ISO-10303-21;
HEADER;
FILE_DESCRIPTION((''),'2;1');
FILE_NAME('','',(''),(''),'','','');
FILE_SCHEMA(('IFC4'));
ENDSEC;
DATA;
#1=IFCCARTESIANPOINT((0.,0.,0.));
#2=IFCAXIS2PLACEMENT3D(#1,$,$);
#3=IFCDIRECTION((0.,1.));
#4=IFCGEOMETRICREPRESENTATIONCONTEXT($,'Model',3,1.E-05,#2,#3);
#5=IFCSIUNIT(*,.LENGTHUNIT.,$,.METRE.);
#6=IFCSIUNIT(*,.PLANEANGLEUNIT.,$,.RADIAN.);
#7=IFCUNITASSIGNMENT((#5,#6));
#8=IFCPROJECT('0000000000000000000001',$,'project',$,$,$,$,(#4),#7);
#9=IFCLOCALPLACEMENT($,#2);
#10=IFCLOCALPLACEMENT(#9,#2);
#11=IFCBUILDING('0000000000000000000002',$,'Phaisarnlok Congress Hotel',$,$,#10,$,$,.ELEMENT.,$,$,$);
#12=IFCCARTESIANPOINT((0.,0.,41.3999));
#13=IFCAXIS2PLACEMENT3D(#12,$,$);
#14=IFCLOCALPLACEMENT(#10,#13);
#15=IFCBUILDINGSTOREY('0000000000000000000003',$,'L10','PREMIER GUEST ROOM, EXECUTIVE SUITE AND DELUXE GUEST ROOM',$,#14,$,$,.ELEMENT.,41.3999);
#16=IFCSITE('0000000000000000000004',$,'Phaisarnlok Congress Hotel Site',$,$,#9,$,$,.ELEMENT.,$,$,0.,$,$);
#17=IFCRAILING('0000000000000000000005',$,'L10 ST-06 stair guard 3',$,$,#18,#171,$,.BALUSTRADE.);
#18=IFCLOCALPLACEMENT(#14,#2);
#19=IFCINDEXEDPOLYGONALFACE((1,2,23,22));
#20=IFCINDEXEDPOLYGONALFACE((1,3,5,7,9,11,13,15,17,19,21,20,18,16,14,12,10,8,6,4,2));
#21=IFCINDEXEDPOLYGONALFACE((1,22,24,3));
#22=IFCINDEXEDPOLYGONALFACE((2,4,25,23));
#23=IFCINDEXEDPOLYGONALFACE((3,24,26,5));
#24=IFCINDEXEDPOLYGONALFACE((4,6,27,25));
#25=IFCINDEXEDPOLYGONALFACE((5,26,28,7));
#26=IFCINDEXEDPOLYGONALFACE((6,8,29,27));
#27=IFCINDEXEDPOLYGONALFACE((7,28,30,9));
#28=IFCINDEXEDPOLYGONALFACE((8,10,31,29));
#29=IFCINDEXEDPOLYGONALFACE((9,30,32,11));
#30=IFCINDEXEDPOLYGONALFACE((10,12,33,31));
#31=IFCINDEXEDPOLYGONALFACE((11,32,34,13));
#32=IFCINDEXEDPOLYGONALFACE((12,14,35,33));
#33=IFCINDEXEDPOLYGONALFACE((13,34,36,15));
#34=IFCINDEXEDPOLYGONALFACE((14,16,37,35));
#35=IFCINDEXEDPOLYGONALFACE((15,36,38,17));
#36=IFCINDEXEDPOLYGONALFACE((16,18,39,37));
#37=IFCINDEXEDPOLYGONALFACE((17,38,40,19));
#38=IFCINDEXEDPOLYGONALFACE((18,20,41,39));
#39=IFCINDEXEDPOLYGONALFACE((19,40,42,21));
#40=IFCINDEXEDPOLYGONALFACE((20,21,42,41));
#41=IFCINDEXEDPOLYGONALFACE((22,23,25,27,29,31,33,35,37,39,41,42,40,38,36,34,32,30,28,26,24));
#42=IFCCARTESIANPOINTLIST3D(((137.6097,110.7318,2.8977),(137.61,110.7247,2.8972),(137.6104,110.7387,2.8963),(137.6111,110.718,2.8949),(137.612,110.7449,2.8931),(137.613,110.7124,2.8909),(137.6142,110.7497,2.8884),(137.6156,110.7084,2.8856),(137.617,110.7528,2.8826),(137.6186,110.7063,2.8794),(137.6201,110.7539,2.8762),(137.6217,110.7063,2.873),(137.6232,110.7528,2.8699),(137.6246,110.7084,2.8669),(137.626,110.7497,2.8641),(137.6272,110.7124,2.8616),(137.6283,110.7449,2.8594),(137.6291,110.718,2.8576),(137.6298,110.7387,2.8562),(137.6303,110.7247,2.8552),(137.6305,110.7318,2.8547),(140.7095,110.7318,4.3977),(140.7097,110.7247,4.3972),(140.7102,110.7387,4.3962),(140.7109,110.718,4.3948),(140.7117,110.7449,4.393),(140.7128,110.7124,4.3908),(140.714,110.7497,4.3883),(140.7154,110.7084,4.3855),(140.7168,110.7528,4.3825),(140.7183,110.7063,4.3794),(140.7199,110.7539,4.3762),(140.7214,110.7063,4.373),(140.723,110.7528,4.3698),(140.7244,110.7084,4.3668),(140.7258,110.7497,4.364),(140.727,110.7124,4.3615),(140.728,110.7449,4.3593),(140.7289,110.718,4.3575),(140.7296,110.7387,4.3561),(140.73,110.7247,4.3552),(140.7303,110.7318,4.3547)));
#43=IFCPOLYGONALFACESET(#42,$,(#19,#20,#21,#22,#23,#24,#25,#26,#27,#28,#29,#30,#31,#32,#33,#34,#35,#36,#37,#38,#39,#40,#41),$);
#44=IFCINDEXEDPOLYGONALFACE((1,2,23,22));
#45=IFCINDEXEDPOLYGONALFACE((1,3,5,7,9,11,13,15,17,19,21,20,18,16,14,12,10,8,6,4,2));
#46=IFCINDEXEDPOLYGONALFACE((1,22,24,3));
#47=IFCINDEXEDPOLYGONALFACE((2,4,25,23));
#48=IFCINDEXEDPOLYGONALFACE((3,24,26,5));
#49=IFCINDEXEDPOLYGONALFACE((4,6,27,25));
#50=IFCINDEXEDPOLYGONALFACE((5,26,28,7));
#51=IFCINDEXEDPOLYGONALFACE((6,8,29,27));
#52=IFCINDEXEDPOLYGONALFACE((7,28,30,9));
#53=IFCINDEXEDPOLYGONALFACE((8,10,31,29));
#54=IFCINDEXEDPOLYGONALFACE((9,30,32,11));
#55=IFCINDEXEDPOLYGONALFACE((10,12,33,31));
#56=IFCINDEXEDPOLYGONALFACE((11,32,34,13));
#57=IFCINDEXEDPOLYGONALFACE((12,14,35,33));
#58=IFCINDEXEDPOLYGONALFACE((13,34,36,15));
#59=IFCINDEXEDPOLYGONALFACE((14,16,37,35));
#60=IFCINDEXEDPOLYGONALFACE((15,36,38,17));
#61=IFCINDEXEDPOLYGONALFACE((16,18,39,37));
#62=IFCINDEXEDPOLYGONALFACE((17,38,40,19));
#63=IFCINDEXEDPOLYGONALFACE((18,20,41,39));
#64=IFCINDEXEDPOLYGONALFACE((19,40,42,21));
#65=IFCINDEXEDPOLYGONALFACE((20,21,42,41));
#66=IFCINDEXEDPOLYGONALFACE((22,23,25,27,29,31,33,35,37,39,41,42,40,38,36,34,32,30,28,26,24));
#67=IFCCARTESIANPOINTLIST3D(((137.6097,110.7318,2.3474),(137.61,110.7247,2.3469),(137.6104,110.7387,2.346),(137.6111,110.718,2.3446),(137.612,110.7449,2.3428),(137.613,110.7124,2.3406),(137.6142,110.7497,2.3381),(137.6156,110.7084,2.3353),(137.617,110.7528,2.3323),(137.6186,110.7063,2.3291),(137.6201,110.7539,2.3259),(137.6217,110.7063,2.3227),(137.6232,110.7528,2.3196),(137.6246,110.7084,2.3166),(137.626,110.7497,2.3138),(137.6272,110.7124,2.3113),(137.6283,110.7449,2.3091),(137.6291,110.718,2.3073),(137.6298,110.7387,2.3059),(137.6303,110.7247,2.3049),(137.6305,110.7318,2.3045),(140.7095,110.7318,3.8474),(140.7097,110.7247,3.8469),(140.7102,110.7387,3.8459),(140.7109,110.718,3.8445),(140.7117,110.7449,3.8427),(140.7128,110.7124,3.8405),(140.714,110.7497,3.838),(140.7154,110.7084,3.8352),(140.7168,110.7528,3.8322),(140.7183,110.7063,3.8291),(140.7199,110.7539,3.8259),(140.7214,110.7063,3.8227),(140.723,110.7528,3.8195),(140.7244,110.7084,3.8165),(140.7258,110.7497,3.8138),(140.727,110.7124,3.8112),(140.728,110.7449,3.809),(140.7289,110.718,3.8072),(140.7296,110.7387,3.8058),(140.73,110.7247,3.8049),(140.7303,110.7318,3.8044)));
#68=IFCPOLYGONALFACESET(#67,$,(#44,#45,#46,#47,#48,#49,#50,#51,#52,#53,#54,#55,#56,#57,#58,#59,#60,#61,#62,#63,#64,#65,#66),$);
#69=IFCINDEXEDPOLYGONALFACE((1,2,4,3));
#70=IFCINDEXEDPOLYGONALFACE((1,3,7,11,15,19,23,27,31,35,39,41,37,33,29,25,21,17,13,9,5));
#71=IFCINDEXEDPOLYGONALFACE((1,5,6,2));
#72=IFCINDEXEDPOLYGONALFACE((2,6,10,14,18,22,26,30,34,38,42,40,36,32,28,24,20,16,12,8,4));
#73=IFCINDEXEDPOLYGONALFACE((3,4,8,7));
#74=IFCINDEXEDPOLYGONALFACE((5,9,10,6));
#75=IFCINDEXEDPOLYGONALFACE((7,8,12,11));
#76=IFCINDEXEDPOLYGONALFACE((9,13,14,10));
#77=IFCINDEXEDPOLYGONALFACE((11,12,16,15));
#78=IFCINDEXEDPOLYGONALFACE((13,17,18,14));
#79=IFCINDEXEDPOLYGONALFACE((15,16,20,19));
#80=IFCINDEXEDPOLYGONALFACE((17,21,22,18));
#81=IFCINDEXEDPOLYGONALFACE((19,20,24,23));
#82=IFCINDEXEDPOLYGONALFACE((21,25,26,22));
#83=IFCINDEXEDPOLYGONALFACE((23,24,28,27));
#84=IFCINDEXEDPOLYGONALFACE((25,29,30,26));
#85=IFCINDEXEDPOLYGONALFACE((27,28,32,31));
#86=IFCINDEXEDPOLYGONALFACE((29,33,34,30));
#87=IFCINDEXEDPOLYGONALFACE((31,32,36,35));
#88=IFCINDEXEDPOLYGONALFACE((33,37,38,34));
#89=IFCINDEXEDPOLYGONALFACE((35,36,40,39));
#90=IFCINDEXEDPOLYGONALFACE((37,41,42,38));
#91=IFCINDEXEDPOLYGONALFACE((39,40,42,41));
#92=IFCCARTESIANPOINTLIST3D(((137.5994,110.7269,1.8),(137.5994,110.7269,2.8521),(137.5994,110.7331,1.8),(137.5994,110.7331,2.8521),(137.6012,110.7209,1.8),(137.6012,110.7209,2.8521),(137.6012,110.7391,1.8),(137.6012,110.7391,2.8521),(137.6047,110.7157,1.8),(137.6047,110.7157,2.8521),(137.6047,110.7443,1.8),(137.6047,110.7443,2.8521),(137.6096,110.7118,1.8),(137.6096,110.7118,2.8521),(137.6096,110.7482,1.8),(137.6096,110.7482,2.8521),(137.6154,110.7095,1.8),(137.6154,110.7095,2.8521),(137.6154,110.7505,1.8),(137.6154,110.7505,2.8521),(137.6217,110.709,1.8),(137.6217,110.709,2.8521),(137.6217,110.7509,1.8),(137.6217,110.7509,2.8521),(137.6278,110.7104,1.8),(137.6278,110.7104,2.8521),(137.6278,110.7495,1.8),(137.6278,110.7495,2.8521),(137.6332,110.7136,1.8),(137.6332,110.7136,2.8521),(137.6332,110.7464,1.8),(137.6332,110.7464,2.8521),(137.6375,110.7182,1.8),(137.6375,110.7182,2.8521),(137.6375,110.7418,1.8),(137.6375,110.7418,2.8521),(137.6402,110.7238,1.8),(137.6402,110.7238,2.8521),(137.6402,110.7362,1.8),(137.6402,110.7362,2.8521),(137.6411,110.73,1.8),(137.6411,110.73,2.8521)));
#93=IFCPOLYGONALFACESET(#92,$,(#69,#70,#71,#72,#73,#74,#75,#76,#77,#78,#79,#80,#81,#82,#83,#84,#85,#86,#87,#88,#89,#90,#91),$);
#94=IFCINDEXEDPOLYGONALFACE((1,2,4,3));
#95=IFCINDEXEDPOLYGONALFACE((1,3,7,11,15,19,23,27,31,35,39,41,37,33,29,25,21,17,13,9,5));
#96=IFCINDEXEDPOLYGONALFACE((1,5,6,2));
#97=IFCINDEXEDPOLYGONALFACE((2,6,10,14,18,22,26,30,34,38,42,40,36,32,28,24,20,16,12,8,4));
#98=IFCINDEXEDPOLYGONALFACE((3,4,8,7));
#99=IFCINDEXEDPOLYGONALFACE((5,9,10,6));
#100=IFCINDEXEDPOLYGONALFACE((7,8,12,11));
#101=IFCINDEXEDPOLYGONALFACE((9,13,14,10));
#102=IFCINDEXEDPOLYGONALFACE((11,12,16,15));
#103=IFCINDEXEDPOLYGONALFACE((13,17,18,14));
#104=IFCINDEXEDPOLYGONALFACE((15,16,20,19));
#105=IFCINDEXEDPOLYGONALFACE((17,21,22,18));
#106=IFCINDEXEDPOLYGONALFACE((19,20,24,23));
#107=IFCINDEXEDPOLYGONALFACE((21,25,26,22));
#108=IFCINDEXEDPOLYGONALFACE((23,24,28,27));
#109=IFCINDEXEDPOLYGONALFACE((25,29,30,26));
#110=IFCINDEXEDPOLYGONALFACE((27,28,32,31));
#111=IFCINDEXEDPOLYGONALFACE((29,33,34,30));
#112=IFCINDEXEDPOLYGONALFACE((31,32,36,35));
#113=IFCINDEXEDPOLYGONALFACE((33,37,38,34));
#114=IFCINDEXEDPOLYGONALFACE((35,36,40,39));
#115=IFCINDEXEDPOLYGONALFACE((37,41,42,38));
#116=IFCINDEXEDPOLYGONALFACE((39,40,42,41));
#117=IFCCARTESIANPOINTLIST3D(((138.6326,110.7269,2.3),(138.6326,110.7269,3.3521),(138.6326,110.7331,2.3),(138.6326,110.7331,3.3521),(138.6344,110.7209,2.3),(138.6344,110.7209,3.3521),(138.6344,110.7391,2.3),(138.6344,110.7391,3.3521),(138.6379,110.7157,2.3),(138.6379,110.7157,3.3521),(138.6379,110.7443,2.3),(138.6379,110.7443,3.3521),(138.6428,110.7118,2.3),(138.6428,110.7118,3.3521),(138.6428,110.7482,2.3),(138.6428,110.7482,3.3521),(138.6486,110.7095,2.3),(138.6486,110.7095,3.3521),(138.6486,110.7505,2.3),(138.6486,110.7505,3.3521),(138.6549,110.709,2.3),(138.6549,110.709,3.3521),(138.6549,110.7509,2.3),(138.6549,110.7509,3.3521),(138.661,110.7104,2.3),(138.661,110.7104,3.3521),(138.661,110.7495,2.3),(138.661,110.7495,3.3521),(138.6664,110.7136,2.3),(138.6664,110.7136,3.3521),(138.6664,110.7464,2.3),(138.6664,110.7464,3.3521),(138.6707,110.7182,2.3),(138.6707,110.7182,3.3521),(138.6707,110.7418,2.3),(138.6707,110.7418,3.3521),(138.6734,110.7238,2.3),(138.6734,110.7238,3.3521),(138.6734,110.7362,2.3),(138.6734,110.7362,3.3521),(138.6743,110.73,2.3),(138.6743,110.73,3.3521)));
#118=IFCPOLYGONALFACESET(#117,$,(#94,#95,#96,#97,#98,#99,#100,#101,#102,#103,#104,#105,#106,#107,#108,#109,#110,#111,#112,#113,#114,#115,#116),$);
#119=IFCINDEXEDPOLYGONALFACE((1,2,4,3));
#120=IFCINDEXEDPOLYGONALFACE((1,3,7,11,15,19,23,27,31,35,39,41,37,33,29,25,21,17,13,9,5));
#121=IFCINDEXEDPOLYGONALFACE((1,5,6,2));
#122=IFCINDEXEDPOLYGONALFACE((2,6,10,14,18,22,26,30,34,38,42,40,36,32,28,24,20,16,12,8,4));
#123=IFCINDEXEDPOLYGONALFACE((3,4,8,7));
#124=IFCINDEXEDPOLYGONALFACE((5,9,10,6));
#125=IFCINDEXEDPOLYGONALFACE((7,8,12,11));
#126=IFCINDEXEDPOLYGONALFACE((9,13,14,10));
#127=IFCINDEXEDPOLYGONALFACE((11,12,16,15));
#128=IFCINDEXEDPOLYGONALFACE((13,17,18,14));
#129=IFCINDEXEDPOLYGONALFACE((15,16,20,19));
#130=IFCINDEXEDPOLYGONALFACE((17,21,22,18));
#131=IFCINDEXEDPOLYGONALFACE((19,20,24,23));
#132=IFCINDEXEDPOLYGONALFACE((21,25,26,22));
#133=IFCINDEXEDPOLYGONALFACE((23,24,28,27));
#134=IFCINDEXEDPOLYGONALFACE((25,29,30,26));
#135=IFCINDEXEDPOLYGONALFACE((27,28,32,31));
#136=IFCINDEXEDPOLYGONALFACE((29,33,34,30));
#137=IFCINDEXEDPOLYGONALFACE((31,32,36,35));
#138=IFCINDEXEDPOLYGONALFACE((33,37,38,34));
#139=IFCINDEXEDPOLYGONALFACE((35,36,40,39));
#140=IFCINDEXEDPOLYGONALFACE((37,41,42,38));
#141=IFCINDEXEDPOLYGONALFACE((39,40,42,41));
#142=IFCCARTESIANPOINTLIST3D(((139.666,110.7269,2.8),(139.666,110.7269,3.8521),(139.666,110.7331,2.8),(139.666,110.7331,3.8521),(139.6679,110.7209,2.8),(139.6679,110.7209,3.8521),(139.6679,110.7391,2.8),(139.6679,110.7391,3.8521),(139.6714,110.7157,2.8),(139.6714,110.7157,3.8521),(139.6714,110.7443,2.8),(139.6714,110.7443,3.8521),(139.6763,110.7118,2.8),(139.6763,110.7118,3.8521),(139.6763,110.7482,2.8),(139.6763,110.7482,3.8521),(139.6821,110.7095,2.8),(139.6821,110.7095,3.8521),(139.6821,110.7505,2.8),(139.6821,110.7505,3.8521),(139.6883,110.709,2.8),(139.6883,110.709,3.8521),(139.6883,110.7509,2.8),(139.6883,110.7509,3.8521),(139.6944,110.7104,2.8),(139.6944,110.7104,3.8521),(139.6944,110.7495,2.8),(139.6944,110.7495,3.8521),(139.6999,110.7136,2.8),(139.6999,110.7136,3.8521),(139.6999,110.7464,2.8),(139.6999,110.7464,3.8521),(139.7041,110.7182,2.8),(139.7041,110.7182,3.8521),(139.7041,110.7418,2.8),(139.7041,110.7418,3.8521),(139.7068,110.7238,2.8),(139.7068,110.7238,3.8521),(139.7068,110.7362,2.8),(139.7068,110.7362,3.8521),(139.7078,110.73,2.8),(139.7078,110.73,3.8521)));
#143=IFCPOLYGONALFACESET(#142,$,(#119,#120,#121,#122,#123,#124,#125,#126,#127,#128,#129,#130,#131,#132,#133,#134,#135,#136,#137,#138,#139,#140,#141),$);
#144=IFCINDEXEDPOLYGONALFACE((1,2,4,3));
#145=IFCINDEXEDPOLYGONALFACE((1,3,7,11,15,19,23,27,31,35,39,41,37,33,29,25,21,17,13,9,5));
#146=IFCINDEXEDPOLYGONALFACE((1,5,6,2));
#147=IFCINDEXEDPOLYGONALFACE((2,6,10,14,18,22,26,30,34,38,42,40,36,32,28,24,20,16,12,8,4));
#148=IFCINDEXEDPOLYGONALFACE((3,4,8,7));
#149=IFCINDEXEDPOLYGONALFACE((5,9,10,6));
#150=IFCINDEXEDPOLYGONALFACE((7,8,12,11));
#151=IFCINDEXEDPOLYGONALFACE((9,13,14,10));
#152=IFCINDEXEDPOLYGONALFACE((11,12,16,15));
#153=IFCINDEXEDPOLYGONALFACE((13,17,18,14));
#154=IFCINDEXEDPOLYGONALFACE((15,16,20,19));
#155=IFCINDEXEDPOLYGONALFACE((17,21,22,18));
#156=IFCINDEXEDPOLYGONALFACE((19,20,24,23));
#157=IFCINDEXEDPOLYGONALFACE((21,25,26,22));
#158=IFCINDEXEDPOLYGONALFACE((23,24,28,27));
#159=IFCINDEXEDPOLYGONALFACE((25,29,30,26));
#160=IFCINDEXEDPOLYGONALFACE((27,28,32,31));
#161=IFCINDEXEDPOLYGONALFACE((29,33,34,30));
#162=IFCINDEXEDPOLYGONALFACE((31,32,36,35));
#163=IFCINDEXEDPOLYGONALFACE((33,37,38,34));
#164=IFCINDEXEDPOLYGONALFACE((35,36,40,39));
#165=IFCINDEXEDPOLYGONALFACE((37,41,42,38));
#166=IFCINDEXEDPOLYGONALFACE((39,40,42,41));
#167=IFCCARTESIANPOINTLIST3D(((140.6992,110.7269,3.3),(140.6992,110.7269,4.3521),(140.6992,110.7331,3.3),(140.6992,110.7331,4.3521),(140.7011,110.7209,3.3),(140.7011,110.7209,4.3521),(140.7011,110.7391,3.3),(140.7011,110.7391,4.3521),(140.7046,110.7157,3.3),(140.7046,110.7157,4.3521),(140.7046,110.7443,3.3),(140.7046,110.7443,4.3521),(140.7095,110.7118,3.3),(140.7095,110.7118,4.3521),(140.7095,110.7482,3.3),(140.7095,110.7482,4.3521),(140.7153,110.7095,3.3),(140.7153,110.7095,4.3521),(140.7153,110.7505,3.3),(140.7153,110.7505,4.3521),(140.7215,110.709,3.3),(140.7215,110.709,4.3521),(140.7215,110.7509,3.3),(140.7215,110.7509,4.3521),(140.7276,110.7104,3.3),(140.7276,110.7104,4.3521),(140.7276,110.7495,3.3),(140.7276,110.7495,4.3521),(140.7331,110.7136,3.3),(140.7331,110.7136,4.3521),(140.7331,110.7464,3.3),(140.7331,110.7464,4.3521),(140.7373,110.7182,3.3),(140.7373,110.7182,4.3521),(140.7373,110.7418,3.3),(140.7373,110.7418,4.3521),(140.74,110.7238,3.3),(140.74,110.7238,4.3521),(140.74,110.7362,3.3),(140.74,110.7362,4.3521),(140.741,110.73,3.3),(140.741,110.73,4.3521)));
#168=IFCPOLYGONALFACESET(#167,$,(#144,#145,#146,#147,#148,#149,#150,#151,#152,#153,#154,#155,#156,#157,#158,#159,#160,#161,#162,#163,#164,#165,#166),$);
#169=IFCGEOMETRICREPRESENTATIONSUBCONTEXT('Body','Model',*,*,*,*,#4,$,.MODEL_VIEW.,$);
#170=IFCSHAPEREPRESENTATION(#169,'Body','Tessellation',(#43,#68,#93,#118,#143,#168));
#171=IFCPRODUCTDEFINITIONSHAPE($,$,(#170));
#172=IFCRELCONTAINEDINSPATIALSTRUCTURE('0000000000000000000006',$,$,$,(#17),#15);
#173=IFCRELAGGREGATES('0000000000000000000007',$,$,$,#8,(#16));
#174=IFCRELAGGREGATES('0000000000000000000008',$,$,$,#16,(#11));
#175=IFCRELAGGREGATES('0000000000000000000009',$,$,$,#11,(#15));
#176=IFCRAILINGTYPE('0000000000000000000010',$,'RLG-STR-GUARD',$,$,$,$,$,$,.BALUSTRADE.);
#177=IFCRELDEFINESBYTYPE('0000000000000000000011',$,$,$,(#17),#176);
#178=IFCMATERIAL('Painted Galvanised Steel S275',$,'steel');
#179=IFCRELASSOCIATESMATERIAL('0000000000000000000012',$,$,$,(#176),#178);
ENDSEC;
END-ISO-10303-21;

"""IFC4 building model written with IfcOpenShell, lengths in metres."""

from ifc_helpers import new_model, si_unit, direction, frame, origin, origin_2d, place, context, subcontext, project, spatial, circle, extrude, material, type_object, element, save


model = new_model("IFC4")

# Units and contexts
model_context = context("Model", 3, precision=1e-05, world=origin(), true_north=direction((0.0, 1.0)))
body_context = subcontext(model_context, "Body", "Model", "MODEL_VIEW")
ifc_project = project(units=[si_unit("LENGTHUNIT", "METRE"), si_unit("PLANEANGLEUNIT", "RADIAN")], contexts=[model_context])

# Site, building, storey
site_placement = place(None, origin())
site = spatial("IfcSite", under=ifc_project, at=site_placement, Name="Phaisarnlok Congress Hotel Site", CompositionType="ELEMENT", RefElevation=0.0)
building_placement = place(site_placement, origin())
building = spatial("IfcBuilding", under=site, at=building_placement, Name="Phaisarnlok Congress Hotel", CompositionType="ELEMENT")
storey_placement = place(building_placement, frame((0.0, 0.0, 41.3999)))
storey = spatial("IfcBuildingStorey", under=building, at=storey_placement, Name="L10", Description="PREMIER GUEST ROOM, EXECUTIVE SUITE AND DELUXE GUEST ROOM", CompositionType="ELEMENT", Elevation=41.3999)

# Railing
ifc_material_1 = material(Name="Painted Galvanised Steel S275", Category="steel")
railing_type_1 = type_object("IfcRailingType", Name="RLG-STR-GUARD", PredefinedType="BALUSTRADE", material=ifc_material_1)
railing_1_placement = place(storey_placement, frame((137.6201, 110.73, 1.8)))
element("IfcRailing", 1, at=railing_1_placement, inside=storey, type_object=railing_type_1, Name="L10 ST-06 stair guard 3", PredefinedType="BALUSTRADE", context=body_context, shape_type="SweptSolid", body=[
    extrude(circle(Radius=0.0239, at=origin_2d()), frame((0.0, 0.0, 1.0762), z_axis=(0.900151, 0.0, 0.435578), x_axis=(0.0, 1.0, 0.0)), (0.0, 0.0, 1.0), 3.4436),
    extrude(circle(Radius=0.0239, at=origin_2d()), frame((0.0, 0.0, 0.5259), z_axis=(0.900151, 0.0, 0.435578), x_axis=(0.0, 1.0, 0.0)), (0.0, 0.0, 1.0), 3.4436),
    extrude(circle(Radius=0.021, at=origin_2d()), origin(), (0.0, 0.0, 1.0), 1.052),
    extrude(circle(Radius=0.021, at=origin_2d()), frame((1.0332, 0.0, 0.5)), (0.0, 0.0, 1.0), 1.052),
    extrude(circle(Radius=0.021, at=origin_2d()), frame((2.0667, 0.0, 1.0)), (0.0, 0.0, 1.0), 1.052),
    extrude(circle(Radius=0.021, at=origin_2d()), frame((3.0999, 0.0, 1.5)), (0.0, 0.0, 1.0), 1.052),
])

save(model, "model.ifc")
